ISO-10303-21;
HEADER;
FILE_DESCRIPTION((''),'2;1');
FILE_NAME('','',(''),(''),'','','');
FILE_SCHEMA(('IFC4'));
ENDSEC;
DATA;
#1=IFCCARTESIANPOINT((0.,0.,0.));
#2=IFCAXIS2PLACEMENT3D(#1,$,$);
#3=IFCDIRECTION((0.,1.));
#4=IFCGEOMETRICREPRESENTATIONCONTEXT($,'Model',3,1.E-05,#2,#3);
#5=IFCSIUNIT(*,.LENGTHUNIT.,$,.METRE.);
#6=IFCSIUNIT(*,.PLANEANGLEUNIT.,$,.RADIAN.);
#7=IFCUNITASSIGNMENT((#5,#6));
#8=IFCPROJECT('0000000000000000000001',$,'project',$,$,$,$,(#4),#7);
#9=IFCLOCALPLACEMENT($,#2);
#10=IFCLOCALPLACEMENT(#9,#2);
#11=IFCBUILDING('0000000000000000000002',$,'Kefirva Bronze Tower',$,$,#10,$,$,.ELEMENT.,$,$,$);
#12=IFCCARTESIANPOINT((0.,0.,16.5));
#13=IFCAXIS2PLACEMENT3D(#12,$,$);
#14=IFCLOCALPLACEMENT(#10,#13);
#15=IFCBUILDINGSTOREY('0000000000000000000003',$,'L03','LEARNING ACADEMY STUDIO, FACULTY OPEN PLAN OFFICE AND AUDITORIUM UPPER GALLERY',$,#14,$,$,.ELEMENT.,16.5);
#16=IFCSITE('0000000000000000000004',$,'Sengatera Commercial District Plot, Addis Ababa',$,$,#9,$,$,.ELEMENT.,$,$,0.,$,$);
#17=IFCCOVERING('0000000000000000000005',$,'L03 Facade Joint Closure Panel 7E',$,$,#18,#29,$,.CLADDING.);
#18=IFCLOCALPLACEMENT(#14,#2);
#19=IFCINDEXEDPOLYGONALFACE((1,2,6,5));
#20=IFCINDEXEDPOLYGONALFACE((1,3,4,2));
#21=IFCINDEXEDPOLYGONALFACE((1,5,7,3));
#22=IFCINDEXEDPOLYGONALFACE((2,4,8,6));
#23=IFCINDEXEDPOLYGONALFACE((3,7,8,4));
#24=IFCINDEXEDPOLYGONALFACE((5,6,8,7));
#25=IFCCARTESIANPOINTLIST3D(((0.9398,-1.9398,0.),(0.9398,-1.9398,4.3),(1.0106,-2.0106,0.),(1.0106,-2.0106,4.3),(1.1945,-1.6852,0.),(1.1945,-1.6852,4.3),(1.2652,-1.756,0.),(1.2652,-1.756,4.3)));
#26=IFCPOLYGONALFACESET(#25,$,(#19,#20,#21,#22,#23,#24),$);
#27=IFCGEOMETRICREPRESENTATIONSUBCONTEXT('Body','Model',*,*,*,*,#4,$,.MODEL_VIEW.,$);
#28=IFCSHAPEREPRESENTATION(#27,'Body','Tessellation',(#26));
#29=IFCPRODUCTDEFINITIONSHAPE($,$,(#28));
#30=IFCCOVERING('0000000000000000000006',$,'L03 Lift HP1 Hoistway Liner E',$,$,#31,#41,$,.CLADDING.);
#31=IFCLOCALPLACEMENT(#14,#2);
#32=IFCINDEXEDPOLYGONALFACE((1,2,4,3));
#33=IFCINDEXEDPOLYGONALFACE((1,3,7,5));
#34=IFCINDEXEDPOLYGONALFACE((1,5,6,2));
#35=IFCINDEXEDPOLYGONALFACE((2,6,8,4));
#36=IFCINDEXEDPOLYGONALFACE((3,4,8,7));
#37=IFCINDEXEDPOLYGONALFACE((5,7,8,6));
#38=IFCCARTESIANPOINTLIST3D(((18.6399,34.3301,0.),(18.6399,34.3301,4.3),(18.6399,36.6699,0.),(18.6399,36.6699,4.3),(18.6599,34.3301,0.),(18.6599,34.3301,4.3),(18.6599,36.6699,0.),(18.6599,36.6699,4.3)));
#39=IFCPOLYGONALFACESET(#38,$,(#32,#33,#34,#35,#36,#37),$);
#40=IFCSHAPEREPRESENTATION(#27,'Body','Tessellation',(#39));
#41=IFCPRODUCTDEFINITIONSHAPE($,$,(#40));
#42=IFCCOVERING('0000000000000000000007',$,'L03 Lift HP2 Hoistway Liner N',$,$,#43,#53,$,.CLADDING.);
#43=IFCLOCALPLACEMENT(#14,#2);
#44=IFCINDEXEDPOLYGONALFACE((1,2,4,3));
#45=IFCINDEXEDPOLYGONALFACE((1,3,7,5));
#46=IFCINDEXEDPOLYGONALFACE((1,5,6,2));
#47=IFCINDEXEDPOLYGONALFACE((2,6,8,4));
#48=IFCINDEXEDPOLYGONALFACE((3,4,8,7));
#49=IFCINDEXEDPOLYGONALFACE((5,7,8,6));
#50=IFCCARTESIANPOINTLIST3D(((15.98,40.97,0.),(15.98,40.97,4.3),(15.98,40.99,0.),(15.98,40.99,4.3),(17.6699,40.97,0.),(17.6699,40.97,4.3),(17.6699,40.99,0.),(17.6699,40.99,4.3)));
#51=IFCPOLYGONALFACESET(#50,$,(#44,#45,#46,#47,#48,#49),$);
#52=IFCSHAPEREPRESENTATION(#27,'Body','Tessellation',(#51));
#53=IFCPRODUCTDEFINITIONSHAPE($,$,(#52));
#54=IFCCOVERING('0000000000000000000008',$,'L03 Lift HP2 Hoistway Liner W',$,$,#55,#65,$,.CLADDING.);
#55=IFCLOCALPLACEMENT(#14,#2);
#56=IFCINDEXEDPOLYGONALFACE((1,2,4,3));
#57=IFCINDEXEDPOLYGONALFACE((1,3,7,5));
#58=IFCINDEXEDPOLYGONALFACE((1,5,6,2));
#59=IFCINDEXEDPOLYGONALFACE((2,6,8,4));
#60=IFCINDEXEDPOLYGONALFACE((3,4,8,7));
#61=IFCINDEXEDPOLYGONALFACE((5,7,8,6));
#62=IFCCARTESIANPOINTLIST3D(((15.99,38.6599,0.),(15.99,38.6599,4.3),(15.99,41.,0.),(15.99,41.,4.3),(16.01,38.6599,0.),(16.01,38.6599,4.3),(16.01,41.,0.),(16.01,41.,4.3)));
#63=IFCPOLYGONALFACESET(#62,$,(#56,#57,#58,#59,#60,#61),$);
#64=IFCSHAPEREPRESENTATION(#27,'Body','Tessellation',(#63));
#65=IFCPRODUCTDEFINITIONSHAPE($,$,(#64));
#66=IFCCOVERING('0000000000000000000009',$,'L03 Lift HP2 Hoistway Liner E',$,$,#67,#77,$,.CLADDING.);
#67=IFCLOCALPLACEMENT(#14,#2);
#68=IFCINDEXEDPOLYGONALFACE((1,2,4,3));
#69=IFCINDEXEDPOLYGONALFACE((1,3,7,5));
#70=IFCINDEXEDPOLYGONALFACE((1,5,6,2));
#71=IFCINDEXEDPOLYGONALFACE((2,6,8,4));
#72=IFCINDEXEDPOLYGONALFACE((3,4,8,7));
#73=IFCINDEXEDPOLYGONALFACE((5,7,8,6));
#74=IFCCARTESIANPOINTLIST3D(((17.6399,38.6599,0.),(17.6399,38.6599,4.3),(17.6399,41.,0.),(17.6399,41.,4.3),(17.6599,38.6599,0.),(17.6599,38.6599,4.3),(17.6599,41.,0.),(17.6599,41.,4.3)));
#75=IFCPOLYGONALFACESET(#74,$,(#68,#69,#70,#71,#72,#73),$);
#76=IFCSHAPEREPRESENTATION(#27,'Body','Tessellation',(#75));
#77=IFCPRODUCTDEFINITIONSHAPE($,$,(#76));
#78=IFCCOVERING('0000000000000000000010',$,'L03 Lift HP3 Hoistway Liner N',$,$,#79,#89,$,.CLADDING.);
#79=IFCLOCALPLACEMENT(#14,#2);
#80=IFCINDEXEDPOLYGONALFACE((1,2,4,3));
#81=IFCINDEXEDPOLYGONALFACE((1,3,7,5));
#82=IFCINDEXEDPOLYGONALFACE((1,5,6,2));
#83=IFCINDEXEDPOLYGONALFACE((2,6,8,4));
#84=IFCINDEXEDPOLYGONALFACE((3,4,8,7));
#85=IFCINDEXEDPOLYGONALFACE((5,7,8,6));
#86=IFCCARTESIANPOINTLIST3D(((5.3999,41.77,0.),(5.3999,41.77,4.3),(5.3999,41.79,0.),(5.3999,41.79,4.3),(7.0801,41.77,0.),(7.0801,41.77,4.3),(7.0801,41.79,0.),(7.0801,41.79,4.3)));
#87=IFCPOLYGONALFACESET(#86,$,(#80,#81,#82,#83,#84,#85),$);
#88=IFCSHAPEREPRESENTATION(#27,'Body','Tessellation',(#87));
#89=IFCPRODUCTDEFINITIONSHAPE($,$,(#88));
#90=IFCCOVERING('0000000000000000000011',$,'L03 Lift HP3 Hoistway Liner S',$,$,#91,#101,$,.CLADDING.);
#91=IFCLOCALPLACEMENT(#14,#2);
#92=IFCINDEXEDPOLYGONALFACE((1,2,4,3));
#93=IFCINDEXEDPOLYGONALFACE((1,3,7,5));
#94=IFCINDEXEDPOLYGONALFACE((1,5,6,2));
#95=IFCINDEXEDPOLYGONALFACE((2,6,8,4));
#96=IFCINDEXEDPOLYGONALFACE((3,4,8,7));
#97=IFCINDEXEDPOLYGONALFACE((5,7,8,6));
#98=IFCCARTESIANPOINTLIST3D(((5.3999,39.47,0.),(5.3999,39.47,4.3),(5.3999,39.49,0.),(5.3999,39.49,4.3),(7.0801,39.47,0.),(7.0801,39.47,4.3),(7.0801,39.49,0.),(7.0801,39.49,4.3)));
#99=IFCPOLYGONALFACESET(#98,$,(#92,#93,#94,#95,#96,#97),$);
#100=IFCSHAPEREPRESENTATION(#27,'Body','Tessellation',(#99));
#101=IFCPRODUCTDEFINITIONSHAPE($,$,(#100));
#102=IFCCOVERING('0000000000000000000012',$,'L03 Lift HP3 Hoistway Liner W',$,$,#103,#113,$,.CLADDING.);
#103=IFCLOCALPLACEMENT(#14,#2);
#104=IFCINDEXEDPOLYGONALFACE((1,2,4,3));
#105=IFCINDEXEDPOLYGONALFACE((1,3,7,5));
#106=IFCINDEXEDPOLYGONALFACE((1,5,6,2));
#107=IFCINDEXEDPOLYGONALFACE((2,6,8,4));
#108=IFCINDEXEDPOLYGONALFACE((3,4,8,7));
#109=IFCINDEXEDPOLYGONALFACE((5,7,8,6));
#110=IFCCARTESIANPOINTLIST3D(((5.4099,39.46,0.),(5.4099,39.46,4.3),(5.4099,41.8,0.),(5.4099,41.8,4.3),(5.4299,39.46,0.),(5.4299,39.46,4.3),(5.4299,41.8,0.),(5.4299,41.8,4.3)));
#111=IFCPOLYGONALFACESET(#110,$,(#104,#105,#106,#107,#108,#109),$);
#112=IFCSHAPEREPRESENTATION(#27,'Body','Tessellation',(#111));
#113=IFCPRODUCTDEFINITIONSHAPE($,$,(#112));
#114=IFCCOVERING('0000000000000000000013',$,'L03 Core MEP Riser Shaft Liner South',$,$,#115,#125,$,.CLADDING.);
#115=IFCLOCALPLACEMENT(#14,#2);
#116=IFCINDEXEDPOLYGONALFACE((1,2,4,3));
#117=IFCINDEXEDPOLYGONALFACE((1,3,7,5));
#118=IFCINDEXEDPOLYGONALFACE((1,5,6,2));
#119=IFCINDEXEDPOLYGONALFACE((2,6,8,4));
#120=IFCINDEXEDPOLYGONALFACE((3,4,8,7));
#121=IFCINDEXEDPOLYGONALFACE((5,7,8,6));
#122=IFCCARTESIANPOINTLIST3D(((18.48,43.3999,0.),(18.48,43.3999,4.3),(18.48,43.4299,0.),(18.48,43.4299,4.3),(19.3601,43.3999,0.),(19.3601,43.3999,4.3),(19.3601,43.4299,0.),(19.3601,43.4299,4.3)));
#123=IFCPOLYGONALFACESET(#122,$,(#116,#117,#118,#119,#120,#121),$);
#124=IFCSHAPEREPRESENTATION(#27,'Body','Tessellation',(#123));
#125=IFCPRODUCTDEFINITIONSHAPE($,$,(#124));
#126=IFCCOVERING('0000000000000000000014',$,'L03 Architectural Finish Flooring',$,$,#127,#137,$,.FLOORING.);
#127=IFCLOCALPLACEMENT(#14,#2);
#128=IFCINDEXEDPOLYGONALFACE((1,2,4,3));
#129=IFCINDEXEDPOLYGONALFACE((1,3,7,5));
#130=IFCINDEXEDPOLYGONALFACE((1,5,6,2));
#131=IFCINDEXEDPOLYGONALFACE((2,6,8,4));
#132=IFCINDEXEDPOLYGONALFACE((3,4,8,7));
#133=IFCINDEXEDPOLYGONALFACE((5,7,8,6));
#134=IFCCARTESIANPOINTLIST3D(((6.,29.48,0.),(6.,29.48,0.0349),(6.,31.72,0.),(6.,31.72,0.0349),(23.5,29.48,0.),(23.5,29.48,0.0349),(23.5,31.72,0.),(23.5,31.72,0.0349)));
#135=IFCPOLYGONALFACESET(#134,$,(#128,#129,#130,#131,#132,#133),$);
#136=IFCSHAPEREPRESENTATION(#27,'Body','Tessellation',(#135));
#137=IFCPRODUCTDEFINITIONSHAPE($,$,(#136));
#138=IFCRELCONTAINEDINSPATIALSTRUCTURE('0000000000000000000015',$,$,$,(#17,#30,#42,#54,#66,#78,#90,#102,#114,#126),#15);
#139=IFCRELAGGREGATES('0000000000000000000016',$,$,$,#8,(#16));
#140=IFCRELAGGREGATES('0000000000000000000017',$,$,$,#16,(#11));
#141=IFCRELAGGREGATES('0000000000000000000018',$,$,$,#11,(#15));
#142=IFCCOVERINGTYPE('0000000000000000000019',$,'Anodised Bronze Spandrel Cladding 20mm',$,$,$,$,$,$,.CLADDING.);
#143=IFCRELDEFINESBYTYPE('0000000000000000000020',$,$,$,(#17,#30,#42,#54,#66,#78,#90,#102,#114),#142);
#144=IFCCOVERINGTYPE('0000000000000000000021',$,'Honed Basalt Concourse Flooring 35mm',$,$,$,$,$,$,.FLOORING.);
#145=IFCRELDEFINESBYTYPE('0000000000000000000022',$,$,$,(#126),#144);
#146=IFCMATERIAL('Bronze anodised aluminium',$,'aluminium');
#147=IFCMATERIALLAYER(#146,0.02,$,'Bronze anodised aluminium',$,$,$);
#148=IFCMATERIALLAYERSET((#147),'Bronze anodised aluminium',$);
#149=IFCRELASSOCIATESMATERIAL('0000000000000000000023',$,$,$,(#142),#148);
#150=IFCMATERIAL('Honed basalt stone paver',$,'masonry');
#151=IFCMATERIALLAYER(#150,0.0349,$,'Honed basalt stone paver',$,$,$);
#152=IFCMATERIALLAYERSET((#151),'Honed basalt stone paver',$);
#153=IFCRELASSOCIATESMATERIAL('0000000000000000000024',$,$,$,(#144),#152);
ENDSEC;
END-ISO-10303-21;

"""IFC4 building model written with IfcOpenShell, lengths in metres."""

from ifc_helpers import new_model, si_unit, direction, frame, origin, origin_2d, place, context, subcontext, project, spatial, polyline, rectangle, outline, extrude, material, layer, layer_set, type_object, element, save


model = new_model("IFC4")

# Units and contexts
model_context = context("Model", 3, precision=1e-05, world=origin(), true_north=direction((0.0, 1.0)))
body_context = subcontext(model_context, "Body", "Model", "MODEL_VIEW")
ifc_project = project(units=[si_unit("LENGTHUNIT", "METRE"), si_unit("PLANEANGLEUNIT", "RADIAN")], contexts=[model_context])

# Site, building, storey
site_placement = place(None, origin())
site = spatial("IfcSite", under=ifc_project, at=site_placement, Name="Sengatera Commercial District Plot, Addis Ababa", CompositionType="ELEMENT", RefElevation=0.0)
building_placement = place(site_placement, origin())
building = spatial("IfcBuilding", under=site, at=building_placement, Name="Kefirva Bronze Tower", CompositionType="ELEMENT")
storey_placement = place(building_placement, frame((0.0, 0.0, 16.5)))
storey = spatial("IfcBuildingStorey", under=building, at=storey_placement, Name="L03", Description="LEARNING ACADEMY STUDIO, FACULTY OPEN PLAN OFFICE AND AUDITORIUM UPPER GALLERY", CompositionType="ELEMENT", Elevation=16.5)

# Shared definitions
ifc_material_1 = material(Name="Bronze anodised aluminium", Category="aluminium")

# Coverings
ifc_layer_1 = layer(ifc_material_1, 0.02, Name="Bronze anodised aluminium")
ifc_layer_set_1 = layer_set([ifc_layer_1], Name="Bronze anodised aluminium")
covering_type_1 = type_object("IfcCoveringType", Name="Anodised Bronze Spandrel Cladding 20mm", PredefinedType="CLADDING", material=ifc_layer_set_1)
covering_1_placement = place(storey_placement, frame((1.1025, -1.8479, 0.0), z_axis=(0.0, 0.0, 1.0), x_axis=(0.707107, -0.707107, 0.0)))
element("IfcCovering", 1, at=covering_1_placement, inside=storey, type_object=covering_type_1, Name="L03 Facade Joint Closure Panel 7E", PredefinedType="CLADDING", context=body_context, shape_type="SweptSolid", body=[
    extrude(rectangle(XDim=0.1001, YDim=0.3601, at=origin_2d()), origin(), (0.0, 0.0, 1.0), 4.3),
])
covering_2_placement = place(storey_placement, origin())
element("IfcCovering", 2, at=covering_2_placement, inside=storey, type_object=covering_type_1, Name="L03 Lift HP1 Hoistway Liner E", PredefinedType="CLADDING", context=body_context, shape_type="SweptSolid", body=[
    extrude(outline(polyline([(18.6399, 34.3301), (18.6599, 34.3301), (18.6599, 36.6699), (18.6399, 36.6699), (18.6399, 34.3301)])), origin(), (0.0, 0.0, 1.0), 4.3),
])
covering_3_placement = place(storey_placement, origin())
element("IfcCovering", 3, at=covering_3_placement, inside=storey, type_object=covering_type_1, Name="L03 Lift HP2 Hoistway Liner N", PredefinedType="CLADDING", context=body_context, shape_type="SweptSolid", body=[
    extrude(outline(polyline([(15.98, 40.97), (17.6699, 40.97), (17.6699, 40.99), (15.98, 40.99), (15.98, 40.97)])), origin(), (0.0, 0.0, 1.0), 4.3),
])
covering_4_placement = place(storey_placement, origin())
element("IfcCovering", 4, at=covering_4_placement, inside=storey, type_object=covering_type_1, Name="L03 Lift HP2 Hoistway Liner W", PredefinedType="CLADDING", context=body_context, shape_type="SweptSolid", body=[
    extrude(outline(polyline([(15.99, 38.6599), (16.01, 38.6599), (16.01, 41.0), (15.99, 41.0), (15.99, 38.6599)])), origin(), (0.0, 0.0, 1.0), 4.3),
])
covering_5_placement = place(storey_placement, origin())
element("IfcCovering", 5, at=covering_5_placement, inside=storey, type_object=covering_type_1, Name="L03 Lift HP2 Hoistway Liner E", PredefinedType="CLADDING", context=body_context, shape_type="SweptSolid", body=[
    extrude(outline(polyline([(17.6399, 38.6599), (17.6599, 38.6599), (17.6599, 41.0), (17.6399, 41.0), (17.6399, 38.6599)])), origin(), (0.0, 0.0, 1.0), 4.3),
])
covering_6_placement = place(storey_placement, origin())
element("IfcCovering", 6, at=covering_6_placement, inside=storey, type_object=covering_type_1, Name="L03 Lift HP3 Hoistway Liner N", PredefinedType="CLADDING", context=body_context, shape_type="SweptSolid", body=[
    extrude(outline(polyline([(5.3999, 41.77), (7.0801, 41.77), (7.0801, 41.79), (5.3999, 41.79), (5.3999, 41.77)])), origin(), (0.0, 0.0, 1.0), 4.3),
])
covering_7_placement = place(storey_placement, origin())
element("IfcCovering", 7, at=covering_7_placement, inside=storey, type_object=covering_type_1, Name="L03 Lift HP3 Hoistway Liner S", PredefinedType="CLADDING", context=body_context, shape_type="SweptSolid", body=[
    extrude(outline(polyline([(5.3999, 39.47), (7.0801, 39.47), (7.0801, 39.49), (5.3999, 39.49), (5.3999, 39.47)])), origin(), (0.0, 0.0, 1.0), 4.3),
])
covering_8_placement = place(storey_placement, origin())
element("IfcCovering", 8, at=covering_8_placement, inside=storey, type_object=covering_type_1, Name="L03 Lift HP3 Hoistway Liner W", PredefinedType="CLADDING", context=body_context, shape_type="SweptSolid", body=[
    extrude(outline(polyline([(5.4099, 39.46), (5.4299, 39.46), (5.4299, 41.8), (5.4099, 41.8), (5.4099, 39.46)])), origin(), (0.0, 0.0, 1.0), 4.3),
])
covering_9_placement = place(storey_placement, origin())
element("IfcCovering", 9, at=covering_9_placement, inside=storey, type_object=covering_type_1, Name="L03 Core MEP Riser Shaft Liner South", PredefinedType="CLADDING", context=body_context, shape_type="SweptSolid", body=[
    extrude(outline(polyline([(18.48, 43.3999), (19.3601, 43.3999), (19.3601, 43.4299), (18.48, 43.4299), (18.48, 43.3999)])), origin(), (0.0, 0.0, 1.0), 4.3),
])
ifc_material_2 = material(Name="Honed basalt stone paver", Category="masonry")
ifc_layer_2 = layer(ifc_material_2, 0.0349, Name="Honed basalt stone paver")
ifc_layer_set_2 = layer_set([ifc_layer_2], Name="Honed basalt stone paver")
covering_type_2 = type_object("IfcCoveringType", Name="Honed Basalt Concourse Flooring 35mm", PredefinedType="FLOORING", material=ifc_layer_set_2)
covering_10_placement = place(storey_placement, origin())
element("IfcCovering", 10, at=covering_10_placement, inside=storey, type_object=covering_type_2, Name="L03 Architectural Finish Flooring", PredefinedType="FLOORING", context=body_context, shape_type="SweptSolid", body=[
    extrude(outline(polyline([(6.0, 29.48), (23.5, 29.48), (23.5, 31.72), (6.0, 31.72), (6.0, 29.48)])), origin(), (0.0, 0.0, 1.0), 0.0349),
])

save(model, "model.ifc")
